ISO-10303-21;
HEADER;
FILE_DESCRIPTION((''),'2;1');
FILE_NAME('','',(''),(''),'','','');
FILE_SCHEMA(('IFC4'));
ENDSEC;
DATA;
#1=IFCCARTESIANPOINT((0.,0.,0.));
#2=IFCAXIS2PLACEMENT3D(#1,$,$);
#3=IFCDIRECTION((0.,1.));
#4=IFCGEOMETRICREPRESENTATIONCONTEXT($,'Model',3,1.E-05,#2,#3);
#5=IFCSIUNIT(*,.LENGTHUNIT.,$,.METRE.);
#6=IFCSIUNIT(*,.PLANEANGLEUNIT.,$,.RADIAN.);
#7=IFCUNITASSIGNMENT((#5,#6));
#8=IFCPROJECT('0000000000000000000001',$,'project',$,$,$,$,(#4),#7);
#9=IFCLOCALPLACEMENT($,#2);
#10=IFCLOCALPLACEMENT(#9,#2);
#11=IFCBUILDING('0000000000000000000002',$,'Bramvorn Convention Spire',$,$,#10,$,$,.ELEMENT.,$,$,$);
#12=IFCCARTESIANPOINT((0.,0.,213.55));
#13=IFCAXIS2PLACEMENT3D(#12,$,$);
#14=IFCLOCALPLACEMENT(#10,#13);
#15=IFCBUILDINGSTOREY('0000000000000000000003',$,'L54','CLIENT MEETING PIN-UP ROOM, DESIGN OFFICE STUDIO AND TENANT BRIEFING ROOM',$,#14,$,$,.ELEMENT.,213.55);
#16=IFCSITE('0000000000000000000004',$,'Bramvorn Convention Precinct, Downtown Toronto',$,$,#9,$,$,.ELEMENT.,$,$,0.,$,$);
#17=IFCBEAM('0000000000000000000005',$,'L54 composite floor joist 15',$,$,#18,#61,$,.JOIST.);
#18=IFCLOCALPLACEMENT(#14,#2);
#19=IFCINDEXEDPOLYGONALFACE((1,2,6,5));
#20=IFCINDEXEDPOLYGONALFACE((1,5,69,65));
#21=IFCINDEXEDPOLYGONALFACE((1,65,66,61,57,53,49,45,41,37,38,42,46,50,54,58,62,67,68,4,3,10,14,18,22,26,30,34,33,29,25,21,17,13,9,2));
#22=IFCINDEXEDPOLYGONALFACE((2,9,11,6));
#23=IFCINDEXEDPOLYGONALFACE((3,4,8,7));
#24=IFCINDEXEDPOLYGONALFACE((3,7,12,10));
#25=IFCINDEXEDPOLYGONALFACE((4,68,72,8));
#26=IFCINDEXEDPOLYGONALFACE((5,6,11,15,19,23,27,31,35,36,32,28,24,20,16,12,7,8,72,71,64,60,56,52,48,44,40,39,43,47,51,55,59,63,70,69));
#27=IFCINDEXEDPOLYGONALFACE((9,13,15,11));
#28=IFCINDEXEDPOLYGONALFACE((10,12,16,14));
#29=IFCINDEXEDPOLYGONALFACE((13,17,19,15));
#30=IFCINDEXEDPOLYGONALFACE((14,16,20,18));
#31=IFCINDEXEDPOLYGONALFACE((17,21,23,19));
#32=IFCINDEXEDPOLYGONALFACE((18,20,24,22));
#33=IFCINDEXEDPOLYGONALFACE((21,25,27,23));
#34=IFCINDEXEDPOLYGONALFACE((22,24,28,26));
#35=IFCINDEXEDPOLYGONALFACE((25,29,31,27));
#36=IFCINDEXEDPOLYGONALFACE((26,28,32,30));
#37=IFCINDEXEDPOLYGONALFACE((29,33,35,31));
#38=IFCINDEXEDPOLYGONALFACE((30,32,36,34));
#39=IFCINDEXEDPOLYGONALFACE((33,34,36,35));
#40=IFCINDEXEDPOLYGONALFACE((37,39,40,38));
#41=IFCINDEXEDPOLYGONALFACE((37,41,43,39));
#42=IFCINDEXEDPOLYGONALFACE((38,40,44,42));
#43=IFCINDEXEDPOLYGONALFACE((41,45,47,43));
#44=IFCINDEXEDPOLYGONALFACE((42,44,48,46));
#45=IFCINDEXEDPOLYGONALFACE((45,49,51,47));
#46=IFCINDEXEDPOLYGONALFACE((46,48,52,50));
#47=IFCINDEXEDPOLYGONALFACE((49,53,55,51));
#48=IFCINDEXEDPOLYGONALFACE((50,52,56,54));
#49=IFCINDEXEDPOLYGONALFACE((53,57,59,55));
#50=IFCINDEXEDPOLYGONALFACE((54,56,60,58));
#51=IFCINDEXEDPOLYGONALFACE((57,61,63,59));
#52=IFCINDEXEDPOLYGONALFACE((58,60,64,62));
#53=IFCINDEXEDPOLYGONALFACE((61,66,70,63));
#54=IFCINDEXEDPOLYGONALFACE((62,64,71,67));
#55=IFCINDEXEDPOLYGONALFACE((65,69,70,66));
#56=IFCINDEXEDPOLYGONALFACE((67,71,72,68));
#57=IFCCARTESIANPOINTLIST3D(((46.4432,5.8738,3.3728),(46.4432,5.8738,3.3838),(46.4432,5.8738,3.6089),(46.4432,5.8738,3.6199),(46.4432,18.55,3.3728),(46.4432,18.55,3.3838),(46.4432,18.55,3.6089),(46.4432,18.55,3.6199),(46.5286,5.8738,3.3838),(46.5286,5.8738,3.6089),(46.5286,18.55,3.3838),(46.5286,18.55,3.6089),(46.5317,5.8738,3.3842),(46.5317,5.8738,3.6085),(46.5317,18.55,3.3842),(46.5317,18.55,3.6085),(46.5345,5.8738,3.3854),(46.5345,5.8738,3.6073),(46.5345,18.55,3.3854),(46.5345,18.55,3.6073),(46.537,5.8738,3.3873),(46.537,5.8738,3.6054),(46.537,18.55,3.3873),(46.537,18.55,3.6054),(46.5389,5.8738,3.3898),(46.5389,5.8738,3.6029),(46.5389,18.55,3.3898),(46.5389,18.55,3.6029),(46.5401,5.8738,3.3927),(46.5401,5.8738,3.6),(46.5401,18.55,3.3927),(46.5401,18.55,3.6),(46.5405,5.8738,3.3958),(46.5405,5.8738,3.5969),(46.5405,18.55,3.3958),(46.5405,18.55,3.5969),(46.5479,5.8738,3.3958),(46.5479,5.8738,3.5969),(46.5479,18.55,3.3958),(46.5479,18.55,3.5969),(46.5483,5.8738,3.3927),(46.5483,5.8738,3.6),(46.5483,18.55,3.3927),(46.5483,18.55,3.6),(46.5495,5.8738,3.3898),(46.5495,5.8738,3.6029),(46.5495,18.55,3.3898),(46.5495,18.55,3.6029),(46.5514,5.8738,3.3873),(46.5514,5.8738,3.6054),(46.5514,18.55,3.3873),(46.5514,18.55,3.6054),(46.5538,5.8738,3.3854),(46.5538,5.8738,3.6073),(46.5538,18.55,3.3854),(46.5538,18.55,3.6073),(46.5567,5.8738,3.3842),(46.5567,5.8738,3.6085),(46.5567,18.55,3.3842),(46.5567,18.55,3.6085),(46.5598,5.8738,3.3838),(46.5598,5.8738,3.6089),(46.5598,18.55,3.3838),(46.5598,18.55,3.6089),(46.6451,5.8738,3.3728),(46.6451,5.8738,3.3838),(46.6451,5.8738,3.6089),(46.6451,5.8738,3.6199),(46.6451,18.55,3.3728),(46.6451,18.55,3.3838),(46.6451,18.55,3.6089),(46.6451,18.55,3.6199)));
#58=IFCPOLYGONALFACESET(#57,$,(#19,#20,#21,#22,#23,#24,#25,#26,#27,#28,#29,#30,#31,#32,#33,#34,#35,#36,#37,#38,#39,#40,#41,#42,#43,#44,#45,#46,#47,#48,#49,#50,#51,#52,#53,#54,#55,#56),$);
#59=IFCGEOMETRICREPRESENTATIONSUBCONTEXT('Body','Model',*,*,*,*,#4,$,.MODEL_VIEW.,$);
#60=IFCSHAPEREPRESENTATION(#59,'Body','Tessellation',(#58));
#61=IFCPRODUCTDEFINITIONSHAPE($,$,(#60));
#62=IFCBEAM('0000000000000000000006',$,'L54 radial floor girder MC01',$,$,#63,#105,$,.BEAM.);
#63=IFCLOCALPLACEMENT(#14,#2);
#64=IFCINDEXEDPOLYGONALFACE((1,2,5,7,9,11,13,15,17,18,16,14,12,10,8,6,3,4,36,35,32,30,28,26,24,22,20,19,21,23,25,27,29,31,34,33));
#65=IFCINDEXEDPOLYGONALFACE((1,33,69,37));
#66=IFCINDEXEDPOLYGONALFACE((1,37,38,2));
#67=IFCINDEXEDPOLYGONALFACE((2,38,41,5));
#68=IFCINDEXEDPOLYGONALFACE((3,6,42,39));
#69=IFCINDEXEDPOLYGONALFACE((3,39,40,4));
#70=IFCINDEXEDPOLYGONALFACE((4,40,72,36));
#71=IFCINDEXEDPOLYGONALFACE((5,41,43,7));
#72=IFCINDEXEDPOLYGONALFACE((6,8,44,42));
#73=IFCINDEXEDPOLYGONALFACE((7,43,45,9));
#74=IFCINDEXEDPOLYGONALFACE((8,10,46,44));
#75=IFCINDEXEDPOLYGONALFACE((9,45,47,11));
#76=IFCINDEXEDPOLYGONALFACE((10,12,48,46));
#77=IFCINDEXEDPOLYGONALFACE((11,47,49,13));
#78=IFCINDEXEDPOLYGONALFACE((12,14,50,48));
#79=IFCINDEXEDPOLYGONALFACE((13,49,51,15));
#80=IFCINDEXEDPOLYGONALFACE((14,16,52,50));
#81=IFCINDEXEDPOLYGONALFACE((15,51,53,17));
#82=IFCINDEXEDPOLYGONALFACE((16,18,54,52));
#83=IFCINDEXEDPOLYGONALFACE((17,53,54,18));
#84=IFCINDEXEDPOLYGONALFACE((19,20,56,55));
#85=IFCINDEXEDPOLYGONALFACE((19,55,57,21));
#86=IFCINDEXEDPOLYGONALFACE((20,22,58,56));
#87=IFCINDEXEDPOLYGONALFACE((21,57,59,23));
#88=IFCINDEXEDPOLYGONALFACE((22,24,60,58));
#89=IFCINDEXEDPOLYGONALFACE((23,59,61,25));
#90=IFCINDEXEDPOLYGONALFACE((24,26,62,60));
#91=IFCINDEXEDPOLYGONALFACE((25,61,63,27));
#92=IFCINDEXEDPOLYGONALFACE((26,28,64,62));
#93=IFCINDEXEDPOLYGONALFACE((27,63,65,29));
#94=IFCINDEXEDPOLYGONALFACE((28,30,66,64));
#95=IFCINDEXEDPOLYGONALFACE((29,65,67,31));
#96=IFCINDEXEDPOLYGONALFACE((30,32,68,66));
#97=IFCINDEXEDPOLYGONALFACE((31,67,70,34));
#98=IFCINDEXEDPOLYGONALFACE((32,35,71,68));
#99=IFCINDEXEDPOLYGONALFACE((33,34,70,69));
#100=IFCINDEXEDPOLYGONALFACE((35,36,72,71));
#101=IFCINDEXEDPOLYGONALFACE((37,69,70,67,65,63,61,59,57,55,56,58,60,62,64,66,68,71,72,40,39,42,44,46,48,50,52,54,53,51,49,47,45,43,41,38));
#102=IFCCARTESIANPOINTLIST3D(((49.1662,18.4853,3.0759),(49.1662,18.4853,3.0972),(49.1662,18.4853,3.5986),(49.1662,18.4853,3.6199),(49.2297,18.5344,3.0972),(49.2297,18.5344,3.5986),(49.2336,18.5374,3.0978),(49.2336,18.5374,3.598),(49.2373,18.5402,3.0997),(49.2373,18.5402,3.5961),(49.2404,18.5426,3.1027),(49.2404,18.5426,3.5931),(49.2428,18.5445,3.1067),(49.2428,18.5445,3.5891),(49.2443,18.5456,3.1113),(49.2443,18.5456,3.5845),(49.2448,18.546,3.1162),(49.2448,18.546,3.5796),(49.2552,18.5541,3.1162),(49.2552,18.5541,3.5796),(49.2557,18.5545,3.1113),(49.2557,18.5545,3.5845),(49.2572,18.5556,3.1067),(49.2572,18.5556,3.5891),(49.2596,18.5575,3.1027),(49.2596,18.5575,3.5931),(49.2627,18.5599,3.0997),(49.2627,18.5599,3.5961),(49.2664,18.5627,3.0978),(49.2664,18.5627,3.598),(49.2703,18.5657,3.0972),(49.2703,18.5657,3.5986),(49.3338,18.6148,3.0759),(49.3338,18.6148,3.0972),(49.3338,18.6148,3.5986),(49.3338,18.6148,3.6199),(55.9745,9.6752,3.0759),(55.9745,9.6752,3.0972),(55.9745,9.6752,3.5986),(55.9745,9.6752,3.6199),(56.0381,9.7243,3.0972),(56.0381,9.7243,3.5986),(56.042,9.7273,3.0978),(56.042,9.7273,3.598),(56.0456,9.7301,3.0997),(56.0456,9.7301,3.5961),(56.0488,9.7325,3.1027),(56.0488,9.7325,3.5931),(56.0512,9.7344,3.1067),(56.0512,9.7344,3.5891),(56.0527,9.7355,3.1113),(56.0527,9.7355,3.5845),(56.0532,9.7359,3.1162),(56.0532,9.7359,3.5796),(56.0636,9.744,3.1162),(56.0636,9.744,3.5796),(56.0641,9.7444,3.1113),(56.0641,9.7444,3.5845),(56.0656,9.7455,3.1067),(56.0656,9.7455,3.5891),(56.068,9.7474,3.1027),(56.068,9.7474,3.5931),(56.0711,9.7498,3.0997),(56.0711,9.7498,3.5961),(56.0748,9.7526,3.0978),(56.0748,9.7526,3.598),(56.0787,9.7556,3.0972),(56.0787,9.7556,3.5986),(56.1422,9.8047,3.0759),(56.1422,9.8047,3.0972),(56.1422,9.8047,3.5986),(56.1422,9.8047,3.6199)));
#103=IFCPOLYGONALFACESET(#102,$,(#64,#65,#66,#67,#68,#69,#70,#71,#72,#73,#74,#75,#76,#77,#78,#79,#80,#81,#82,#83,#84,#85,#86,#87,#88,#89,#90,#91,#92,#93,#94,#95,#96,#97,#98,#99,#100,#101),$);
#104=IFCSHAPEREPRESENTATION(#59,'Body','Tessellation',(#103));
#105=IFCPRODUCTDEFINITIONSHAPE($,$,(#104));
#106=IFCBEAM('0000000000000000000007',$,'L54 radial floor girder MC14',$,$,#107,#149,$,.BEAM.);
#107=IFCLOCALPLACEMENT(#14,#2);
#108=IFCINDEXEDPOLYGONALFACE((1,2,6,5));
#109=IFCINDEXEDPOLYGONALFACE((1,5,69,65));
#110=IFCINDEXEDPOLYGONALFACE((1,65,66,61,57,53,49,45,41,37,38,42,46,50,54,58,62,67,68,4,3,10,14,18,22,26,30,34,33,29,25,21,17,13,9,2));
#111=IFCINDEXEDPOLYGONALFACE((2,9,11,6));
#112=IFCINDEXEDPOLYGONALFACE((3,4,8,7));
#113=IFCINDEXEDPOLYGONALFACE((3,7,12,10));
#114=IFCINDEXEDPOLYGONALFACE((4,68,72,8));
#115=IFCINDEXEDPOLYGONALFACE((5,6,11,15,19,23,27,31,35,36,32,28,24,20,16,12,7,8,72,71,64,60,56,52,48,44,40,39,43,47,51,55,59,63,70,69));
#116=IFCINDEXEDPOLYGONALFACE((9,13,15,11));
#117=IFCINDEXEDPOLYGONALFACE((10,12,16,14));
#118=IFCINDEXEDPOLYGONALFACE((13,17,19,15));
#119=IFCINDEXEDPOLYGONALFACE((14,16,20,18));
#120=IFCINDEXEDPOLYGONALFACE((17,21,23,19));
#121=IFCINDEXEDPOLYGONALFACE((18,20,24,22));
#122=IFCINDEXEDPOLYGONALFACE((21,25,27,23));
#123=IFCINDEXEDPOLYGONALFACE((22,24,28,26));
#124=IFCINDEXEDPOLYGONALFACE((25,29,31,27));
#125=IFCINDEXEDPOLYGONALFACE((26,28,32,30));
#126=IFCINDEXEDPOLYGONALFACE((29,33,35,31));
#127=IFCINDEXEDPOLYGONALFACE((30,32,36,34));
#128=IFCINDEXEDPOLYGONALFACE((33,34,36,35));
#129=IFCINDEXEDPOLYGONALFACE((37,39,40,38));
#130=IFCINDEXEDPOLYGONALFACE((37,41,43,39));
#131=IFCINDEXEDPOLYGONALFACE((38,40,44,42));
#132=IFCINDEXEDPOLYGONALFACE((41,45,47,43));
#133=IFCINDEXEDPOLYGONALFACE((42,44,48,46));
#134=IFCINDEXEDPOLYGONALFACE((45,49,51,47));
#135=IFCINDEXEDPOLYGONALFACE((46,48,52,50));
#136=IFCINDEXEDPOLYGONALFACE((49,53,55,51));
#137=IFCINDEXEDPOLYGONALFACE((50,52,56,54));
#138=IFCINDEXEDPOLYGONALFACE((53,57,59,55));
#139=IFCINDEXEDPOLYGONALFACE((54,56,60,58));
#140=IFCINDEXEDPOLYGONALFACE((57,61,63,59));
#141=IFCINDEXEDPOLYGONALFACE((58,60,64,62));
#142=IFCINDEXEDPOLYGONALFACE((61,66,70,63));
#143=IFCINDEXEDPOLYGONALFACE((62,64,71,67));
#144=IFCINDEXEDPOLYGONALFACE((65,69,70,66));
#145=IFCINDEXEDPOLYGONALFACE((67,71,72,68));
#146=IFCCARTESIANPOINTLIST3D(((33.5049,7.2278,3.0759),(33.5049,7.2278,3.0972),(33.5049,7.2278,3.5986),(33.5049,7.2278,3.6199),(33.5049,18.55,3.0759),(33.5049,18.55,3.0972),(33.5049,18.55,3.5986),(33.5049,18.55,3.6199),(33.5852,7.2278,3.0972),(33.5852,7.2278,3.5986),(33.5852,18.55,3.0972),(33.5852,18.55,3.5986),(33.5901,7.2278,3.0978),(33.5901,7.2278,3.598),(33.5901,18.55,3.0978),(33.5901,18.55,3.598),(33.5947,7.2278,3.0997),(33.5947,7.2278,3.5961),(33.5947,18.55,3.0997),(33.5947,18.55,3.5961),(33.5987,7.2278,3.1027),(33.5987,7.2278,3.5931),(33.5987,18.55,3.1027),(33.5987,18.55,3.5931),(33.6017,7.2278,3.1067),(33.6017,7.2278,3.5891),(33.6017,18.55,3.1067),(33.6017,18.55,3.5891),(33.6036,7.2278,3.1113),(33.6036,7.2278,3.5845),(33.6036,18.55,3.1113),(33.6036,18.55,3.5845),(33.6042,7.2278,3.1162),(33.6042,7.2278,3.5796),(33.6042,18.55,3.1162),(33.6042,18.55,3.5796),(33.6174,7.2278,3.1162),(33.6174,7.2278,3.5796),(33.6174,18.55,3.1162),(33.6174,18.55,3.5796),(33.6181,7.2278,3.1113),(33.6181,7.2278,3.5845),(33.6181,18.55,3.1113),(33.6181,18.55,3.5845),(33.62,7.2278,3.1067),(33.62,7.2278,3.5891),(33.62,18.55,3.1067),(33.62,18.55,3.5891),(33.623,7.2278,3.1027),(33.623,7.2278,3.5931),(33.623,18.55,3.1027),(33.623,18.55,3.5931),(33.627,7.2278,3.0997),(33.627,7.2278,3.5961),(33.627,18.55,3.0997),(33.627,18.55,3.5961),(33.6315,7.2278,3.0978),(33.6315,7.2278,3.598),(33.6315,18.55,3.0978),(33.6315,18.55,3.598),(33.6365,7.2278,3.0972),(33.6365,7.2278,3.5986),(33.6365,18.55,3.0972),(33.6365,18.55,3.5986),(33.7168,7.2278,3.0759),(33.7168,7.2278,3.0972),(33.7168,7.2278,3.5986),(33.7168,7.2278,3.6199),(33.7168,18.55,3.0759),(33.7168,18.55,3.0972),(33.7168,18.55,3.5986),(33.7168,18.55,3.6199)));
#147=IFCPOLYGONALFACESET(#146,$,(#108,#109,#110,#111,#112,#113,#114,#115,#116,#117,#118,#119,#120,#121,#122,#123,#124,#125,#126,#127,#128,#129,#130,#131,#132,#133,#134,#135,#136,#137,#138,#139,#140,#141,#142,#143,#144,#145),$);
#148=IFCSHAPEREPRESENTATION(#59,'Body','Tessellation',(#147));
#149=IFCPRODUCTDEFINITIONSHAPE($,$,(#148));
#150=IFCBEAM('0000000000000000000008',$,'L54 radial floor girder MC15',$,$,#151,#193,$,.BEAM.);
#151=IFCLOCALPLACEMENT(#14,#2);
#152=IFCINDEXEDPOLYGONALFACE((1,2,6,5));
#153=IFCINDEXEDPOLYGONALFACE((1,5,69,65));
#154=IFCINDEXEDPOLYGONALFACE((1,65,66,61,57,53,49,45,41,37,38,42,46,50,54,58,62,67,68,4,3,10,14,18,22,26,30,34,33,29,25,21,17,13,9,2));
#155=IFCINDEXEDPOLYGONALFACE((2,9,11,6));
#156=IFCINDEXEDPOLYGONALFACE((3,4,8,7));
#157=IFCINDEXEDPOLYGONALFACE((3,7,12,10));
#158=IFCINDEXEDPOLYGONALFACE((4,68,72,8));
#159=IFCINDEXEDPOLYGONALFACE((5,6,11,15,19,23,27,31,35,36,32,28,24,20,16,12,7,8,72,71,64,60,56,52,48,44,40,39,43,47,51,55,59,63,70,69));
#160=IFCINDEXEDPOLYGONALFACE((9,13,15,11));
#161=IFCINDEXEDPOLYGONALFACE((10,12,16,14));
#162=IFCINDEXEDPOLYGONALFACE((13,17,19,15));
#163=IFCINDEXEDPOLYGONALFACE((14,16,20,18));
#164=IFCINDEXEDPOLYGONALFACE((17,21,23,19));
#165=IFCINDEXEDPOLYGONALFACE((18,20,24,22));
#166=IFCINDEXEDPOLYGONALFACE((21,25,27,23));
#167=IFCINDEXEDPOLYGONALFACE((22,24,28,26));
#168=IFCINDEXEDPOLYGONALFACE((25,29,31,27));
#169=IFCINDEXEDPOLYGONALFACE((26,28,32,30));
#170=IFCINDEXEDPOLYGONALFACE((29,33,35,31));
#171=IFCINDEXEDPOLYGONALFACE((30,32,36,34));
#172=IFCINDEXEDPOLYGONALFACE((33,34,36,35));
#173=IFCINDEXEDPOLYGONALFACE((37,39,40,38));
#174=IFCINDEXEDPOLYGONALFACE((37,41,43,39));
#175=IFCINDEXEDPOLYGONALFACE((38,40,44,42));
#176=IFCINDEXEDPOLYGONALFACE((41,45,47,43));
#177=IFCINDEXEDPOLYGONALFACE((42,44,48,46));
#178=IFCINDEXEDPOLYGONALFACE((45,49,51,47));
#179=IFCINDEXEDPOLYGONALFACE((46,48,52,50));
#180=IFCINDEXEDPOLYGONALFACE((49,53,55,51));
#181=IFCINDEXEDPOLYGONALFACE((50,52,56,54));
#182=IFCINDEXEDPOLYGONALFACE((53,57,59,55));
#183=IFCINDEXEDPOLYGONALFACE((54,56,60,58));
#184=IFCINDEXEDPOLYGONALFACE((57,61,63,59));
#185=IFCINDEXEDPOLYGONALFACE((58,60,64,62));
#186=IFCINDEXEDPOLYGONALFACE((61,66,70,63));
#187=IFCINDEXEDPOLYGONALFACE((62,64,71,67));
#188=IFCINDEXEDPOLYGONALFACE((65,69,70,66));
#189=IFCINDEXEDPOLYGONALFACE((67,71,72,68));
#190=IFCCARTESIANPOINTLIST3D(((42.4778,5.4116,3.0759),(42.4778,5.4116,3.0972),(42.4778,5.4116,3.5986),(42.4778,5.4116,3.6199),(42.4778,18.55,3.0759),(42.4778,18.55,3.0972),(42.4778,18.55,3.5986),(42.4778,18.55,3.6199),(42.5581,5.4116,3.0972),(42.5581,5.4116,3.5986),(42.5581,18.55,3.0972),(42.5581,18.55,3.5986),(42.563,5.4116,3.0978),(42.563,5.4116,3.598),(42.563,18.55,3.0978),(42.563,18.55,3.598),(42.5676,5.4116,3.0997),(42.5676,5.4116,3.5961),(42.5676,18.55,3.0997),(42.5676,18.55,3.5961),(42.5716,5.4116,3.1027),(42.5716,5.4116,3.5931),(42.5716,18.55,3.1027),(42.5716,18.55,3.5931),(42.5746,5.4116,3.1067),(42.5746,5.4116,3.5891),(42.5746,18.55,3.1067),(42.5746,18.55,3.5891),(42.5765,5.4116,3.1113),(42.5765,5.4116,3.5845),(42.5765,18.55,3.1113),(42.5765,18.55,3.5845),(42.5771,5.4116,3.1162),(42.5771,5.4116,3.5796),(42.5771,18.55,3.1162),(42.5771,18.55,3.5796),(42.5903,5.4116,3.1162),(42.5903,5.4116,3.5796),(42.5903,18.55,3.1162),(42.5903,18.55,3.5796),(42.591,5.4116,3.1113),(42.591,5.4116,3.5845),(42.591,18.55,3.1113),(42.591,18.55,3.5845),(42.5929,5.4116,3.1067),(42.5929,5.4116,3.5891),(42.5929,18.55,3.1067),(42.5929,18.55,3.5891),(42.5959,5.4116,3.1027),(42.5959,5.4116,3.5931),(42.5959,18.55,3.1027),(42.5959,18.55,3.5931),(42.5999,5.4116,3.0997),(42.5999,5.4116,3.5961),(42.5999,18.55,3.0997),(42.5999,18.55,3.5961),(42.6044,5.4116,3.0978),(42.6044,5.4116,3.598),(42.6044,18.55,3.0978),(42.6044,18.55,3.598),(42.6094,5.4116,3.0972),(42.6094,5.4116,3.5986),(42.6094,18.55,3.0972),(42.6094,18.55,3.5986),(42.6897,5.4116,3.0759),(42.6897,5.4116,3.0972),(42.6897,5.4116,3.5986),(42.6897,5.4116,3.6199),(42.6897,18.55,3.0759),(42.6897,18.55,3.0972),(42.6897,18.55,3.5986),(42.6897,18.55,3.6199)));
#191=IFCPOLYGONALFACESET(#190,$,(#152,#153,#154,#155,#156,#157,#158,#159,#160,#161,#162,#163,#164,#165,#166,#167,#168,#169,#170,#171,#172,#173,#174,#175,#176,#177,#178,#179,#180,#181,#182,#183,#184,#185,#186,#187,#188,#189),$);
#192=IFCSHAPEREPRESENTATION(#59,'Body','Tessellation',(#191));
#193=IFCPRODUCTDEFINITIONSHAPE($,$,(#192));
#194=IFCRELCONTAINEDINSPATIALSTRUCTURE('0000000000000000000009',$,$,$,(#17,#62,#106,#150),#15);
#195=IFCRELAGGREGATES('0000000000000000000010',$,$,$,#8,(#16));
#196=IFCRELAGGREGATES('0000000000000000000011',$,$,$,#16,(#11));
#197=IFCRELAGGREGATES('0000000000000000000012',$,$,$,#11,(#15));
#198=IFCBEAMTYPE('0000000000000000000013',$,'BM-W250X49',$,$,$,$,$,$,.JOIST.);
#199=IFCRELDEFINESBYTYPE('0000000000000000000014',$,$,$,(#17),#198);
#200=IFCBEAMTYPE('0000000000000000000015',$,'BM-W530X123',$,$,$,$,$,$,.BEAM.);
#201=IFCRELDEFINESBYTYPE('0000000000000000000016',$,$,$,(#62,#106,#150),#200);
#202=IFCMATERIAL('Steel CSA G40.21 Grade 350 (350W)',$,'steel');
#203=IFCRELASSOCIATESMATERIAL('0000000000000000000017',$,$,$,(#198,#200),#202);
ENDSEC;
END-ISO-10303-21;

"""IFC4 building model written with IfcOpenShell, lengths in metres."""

from ifc_helpers import new_model, si_unit, direction, frame, origin, origin_2d, place, context, subcontext, project, spatial, i_section, extrude, material, material_profile, profile_set, type_object, element, save


model = new_model("IFC4")

# Units and contexts
model_context = context("Model", 3, precision=1e-05, world=origin(), true_north=direction((0.0, 1.0)))
body_context = subcontext(model_context, "Body", "Model", "MODEL_VIEW")
ifc_project = project(units=[si_unit("LENGTHUNIT", "METRE"), si_unit("PLANEANGLEUNIT", "RADIAN")], contexts=[model_context])

# Site, building, storey
site_placement = place(None, origin())
site = spatial("IfcSite", under=ifc_project, at=site_placement, Name="Bramvorn Convention Precinct, Downtown Toronto", CompositionType="ELEMENT", RefElevation=0.0)
building_placement = place(site_placement, origin())
building = spatial("IfcBuilding", under=site, at=building_placement, Name="Bramvorn Convention Spire", CompositionType="ELEMENT")
storey_placement = place(building_placement, frame((0.0, 0.0, 213.55)))
storey = spatial("IfcBuildingStorey", under=building, at=storey_placement, Name="L54", Description="CLIENT MEETING PIN-UP ROOM, DESIGN OFFICE STUDIO AND TENANT BRIEFING ROOM", CompositionType="ELEMENT", Elevation=213.55)

# Beams
ifc_material_1 = material(Name="Steel CSA G40.21 Grade 350 (350W)", Category="steel")
ifc_material_profile_1 = material_profile(ifc_material_1, i_section(OverallWidth=0.2019, OverallDepth=0.2471, WebThickness=0.0073, FlangeThickness=0.011, FilletRadius=0.012, at=origin_2d()))
ifc_profile_set_1 = profile_set([ifc_material_profile_1], Name="Steel CSA G40.21 Grade 350 (350W) - W250X49")
beam_type_1 = type_object("IfcBeamType", Name="BM-W250X49", PredefinedType="JOIST", material=ifc_profile_set_1)
beam_1_placement = place(storey_placement, frame((46.5442, 18.55, 3.4963), z_axis=(0.0, -1.0, 0.0), x_axis=(1.0, 0.0, 0.0)))
element("IfcBeam", 1, at=beam_1_placement, inside=storey, type_object=beam_type_1, Name="L54 composite floor joist 15", PredefinedType="JOIST", context=body_context, shape_type="SweptSolid", body=[
    extrude(i_section(OverallWidth=0.2019, OverallDepth=0.2471, WebThickness=0.0073, FlangeThickness=0.011, FilletRadius=0.012, at=origin_2d()), origin(), (0.0, 0.0, 1.0), 12.6763),
])
ifc_material_profile_2 = material_profile(ifc_material_1, i_section(OverallWidth=0.2119, OverallDepth=0.5439, WebThickness=0.0132, FlangeThickness=0.0212, FilletRadius=0.019, at=origin_2d()))
ifc_profile_set_2 = profile_set([ifc_material_profile_2], Name="Steel CSA G40.21 Grade 350 (350W) - W530X123")
beam_type_2 = type_object("IfcBeamType", Name="BM-W530X123", PredefinedType="BEAM", material=ifc_profile_set_2)
beam_2_placement = place(storey_placement, frame((49.25, 18.55, 3.3479), z_axis=(0.61148, -0.79126, 0.0), x_axis=(0.79126, 0.61148, 0.0)))
element("IfcBeam", 2, at=beam_2_placement, inside=storey, type_object=beam_type_2, Name="L54 radial floor girder MC01", PredefinedType="BEAM", context=body_context, shape_type="SweptSolid", body=[
    extrude(i_section(OverallWidth=0.2119, OverallDepth=0.5439, WebThickness=0.0132, FlangeThickness=0.0212, FilletRadius=0.019, at=origin_2d()), origin(), (0.0, 0.0, 1.0), 11.1343),
])
beam_3_placement = place(storey_placement, frame((33.6108, 18.55, 3.3479), z_axis=(0.0, -1.0, 0.0), x_axis=(1.0, 0.0, 0.0)))
element("IfcBeam", 3, at=beam_3_placement, inside=storey, type_object=beam_type_2, Name="L54 radial floor girder MC14", PredefinedType="BEAM", context=body_context, shape_type="SweptSolid", body=[
    extrude(i_section(OverallWidth=0.2119, OverallDepth=0.5439, WebThickness=0.0132, FlangeThickness=0.0212, FilletRadius=0.019, at=origin_2d()), origin(), (0.0, 0.0, 1.0), 11.3223),
])
beam_4_placement = place(storey_placement, frame((42.5837, 18.55, 3.3479), z_axis=(0.0, -1.0, 0.0), x_axis=(1.0, 0.0, 0.0)))
element("IfcBeam", 4, at=beam_4_placement, inside=storey, type_object=beam_type_2, Name="L54 radial floor girder MC15", PredefinedType="BEAM", context=body_context, shape_type="SweptSolid", body=[
    extrude(i_section(OverallWidth=0.2119, OverallDepth=0.5439, WebThickness=0.0132, FlangeThickness=0.0212, FilletRadius=0.019, at=origin_2d()), origin(), (0.0, 0.0, 1.0), 13.1384),
])

save(model, "model.ifc")
